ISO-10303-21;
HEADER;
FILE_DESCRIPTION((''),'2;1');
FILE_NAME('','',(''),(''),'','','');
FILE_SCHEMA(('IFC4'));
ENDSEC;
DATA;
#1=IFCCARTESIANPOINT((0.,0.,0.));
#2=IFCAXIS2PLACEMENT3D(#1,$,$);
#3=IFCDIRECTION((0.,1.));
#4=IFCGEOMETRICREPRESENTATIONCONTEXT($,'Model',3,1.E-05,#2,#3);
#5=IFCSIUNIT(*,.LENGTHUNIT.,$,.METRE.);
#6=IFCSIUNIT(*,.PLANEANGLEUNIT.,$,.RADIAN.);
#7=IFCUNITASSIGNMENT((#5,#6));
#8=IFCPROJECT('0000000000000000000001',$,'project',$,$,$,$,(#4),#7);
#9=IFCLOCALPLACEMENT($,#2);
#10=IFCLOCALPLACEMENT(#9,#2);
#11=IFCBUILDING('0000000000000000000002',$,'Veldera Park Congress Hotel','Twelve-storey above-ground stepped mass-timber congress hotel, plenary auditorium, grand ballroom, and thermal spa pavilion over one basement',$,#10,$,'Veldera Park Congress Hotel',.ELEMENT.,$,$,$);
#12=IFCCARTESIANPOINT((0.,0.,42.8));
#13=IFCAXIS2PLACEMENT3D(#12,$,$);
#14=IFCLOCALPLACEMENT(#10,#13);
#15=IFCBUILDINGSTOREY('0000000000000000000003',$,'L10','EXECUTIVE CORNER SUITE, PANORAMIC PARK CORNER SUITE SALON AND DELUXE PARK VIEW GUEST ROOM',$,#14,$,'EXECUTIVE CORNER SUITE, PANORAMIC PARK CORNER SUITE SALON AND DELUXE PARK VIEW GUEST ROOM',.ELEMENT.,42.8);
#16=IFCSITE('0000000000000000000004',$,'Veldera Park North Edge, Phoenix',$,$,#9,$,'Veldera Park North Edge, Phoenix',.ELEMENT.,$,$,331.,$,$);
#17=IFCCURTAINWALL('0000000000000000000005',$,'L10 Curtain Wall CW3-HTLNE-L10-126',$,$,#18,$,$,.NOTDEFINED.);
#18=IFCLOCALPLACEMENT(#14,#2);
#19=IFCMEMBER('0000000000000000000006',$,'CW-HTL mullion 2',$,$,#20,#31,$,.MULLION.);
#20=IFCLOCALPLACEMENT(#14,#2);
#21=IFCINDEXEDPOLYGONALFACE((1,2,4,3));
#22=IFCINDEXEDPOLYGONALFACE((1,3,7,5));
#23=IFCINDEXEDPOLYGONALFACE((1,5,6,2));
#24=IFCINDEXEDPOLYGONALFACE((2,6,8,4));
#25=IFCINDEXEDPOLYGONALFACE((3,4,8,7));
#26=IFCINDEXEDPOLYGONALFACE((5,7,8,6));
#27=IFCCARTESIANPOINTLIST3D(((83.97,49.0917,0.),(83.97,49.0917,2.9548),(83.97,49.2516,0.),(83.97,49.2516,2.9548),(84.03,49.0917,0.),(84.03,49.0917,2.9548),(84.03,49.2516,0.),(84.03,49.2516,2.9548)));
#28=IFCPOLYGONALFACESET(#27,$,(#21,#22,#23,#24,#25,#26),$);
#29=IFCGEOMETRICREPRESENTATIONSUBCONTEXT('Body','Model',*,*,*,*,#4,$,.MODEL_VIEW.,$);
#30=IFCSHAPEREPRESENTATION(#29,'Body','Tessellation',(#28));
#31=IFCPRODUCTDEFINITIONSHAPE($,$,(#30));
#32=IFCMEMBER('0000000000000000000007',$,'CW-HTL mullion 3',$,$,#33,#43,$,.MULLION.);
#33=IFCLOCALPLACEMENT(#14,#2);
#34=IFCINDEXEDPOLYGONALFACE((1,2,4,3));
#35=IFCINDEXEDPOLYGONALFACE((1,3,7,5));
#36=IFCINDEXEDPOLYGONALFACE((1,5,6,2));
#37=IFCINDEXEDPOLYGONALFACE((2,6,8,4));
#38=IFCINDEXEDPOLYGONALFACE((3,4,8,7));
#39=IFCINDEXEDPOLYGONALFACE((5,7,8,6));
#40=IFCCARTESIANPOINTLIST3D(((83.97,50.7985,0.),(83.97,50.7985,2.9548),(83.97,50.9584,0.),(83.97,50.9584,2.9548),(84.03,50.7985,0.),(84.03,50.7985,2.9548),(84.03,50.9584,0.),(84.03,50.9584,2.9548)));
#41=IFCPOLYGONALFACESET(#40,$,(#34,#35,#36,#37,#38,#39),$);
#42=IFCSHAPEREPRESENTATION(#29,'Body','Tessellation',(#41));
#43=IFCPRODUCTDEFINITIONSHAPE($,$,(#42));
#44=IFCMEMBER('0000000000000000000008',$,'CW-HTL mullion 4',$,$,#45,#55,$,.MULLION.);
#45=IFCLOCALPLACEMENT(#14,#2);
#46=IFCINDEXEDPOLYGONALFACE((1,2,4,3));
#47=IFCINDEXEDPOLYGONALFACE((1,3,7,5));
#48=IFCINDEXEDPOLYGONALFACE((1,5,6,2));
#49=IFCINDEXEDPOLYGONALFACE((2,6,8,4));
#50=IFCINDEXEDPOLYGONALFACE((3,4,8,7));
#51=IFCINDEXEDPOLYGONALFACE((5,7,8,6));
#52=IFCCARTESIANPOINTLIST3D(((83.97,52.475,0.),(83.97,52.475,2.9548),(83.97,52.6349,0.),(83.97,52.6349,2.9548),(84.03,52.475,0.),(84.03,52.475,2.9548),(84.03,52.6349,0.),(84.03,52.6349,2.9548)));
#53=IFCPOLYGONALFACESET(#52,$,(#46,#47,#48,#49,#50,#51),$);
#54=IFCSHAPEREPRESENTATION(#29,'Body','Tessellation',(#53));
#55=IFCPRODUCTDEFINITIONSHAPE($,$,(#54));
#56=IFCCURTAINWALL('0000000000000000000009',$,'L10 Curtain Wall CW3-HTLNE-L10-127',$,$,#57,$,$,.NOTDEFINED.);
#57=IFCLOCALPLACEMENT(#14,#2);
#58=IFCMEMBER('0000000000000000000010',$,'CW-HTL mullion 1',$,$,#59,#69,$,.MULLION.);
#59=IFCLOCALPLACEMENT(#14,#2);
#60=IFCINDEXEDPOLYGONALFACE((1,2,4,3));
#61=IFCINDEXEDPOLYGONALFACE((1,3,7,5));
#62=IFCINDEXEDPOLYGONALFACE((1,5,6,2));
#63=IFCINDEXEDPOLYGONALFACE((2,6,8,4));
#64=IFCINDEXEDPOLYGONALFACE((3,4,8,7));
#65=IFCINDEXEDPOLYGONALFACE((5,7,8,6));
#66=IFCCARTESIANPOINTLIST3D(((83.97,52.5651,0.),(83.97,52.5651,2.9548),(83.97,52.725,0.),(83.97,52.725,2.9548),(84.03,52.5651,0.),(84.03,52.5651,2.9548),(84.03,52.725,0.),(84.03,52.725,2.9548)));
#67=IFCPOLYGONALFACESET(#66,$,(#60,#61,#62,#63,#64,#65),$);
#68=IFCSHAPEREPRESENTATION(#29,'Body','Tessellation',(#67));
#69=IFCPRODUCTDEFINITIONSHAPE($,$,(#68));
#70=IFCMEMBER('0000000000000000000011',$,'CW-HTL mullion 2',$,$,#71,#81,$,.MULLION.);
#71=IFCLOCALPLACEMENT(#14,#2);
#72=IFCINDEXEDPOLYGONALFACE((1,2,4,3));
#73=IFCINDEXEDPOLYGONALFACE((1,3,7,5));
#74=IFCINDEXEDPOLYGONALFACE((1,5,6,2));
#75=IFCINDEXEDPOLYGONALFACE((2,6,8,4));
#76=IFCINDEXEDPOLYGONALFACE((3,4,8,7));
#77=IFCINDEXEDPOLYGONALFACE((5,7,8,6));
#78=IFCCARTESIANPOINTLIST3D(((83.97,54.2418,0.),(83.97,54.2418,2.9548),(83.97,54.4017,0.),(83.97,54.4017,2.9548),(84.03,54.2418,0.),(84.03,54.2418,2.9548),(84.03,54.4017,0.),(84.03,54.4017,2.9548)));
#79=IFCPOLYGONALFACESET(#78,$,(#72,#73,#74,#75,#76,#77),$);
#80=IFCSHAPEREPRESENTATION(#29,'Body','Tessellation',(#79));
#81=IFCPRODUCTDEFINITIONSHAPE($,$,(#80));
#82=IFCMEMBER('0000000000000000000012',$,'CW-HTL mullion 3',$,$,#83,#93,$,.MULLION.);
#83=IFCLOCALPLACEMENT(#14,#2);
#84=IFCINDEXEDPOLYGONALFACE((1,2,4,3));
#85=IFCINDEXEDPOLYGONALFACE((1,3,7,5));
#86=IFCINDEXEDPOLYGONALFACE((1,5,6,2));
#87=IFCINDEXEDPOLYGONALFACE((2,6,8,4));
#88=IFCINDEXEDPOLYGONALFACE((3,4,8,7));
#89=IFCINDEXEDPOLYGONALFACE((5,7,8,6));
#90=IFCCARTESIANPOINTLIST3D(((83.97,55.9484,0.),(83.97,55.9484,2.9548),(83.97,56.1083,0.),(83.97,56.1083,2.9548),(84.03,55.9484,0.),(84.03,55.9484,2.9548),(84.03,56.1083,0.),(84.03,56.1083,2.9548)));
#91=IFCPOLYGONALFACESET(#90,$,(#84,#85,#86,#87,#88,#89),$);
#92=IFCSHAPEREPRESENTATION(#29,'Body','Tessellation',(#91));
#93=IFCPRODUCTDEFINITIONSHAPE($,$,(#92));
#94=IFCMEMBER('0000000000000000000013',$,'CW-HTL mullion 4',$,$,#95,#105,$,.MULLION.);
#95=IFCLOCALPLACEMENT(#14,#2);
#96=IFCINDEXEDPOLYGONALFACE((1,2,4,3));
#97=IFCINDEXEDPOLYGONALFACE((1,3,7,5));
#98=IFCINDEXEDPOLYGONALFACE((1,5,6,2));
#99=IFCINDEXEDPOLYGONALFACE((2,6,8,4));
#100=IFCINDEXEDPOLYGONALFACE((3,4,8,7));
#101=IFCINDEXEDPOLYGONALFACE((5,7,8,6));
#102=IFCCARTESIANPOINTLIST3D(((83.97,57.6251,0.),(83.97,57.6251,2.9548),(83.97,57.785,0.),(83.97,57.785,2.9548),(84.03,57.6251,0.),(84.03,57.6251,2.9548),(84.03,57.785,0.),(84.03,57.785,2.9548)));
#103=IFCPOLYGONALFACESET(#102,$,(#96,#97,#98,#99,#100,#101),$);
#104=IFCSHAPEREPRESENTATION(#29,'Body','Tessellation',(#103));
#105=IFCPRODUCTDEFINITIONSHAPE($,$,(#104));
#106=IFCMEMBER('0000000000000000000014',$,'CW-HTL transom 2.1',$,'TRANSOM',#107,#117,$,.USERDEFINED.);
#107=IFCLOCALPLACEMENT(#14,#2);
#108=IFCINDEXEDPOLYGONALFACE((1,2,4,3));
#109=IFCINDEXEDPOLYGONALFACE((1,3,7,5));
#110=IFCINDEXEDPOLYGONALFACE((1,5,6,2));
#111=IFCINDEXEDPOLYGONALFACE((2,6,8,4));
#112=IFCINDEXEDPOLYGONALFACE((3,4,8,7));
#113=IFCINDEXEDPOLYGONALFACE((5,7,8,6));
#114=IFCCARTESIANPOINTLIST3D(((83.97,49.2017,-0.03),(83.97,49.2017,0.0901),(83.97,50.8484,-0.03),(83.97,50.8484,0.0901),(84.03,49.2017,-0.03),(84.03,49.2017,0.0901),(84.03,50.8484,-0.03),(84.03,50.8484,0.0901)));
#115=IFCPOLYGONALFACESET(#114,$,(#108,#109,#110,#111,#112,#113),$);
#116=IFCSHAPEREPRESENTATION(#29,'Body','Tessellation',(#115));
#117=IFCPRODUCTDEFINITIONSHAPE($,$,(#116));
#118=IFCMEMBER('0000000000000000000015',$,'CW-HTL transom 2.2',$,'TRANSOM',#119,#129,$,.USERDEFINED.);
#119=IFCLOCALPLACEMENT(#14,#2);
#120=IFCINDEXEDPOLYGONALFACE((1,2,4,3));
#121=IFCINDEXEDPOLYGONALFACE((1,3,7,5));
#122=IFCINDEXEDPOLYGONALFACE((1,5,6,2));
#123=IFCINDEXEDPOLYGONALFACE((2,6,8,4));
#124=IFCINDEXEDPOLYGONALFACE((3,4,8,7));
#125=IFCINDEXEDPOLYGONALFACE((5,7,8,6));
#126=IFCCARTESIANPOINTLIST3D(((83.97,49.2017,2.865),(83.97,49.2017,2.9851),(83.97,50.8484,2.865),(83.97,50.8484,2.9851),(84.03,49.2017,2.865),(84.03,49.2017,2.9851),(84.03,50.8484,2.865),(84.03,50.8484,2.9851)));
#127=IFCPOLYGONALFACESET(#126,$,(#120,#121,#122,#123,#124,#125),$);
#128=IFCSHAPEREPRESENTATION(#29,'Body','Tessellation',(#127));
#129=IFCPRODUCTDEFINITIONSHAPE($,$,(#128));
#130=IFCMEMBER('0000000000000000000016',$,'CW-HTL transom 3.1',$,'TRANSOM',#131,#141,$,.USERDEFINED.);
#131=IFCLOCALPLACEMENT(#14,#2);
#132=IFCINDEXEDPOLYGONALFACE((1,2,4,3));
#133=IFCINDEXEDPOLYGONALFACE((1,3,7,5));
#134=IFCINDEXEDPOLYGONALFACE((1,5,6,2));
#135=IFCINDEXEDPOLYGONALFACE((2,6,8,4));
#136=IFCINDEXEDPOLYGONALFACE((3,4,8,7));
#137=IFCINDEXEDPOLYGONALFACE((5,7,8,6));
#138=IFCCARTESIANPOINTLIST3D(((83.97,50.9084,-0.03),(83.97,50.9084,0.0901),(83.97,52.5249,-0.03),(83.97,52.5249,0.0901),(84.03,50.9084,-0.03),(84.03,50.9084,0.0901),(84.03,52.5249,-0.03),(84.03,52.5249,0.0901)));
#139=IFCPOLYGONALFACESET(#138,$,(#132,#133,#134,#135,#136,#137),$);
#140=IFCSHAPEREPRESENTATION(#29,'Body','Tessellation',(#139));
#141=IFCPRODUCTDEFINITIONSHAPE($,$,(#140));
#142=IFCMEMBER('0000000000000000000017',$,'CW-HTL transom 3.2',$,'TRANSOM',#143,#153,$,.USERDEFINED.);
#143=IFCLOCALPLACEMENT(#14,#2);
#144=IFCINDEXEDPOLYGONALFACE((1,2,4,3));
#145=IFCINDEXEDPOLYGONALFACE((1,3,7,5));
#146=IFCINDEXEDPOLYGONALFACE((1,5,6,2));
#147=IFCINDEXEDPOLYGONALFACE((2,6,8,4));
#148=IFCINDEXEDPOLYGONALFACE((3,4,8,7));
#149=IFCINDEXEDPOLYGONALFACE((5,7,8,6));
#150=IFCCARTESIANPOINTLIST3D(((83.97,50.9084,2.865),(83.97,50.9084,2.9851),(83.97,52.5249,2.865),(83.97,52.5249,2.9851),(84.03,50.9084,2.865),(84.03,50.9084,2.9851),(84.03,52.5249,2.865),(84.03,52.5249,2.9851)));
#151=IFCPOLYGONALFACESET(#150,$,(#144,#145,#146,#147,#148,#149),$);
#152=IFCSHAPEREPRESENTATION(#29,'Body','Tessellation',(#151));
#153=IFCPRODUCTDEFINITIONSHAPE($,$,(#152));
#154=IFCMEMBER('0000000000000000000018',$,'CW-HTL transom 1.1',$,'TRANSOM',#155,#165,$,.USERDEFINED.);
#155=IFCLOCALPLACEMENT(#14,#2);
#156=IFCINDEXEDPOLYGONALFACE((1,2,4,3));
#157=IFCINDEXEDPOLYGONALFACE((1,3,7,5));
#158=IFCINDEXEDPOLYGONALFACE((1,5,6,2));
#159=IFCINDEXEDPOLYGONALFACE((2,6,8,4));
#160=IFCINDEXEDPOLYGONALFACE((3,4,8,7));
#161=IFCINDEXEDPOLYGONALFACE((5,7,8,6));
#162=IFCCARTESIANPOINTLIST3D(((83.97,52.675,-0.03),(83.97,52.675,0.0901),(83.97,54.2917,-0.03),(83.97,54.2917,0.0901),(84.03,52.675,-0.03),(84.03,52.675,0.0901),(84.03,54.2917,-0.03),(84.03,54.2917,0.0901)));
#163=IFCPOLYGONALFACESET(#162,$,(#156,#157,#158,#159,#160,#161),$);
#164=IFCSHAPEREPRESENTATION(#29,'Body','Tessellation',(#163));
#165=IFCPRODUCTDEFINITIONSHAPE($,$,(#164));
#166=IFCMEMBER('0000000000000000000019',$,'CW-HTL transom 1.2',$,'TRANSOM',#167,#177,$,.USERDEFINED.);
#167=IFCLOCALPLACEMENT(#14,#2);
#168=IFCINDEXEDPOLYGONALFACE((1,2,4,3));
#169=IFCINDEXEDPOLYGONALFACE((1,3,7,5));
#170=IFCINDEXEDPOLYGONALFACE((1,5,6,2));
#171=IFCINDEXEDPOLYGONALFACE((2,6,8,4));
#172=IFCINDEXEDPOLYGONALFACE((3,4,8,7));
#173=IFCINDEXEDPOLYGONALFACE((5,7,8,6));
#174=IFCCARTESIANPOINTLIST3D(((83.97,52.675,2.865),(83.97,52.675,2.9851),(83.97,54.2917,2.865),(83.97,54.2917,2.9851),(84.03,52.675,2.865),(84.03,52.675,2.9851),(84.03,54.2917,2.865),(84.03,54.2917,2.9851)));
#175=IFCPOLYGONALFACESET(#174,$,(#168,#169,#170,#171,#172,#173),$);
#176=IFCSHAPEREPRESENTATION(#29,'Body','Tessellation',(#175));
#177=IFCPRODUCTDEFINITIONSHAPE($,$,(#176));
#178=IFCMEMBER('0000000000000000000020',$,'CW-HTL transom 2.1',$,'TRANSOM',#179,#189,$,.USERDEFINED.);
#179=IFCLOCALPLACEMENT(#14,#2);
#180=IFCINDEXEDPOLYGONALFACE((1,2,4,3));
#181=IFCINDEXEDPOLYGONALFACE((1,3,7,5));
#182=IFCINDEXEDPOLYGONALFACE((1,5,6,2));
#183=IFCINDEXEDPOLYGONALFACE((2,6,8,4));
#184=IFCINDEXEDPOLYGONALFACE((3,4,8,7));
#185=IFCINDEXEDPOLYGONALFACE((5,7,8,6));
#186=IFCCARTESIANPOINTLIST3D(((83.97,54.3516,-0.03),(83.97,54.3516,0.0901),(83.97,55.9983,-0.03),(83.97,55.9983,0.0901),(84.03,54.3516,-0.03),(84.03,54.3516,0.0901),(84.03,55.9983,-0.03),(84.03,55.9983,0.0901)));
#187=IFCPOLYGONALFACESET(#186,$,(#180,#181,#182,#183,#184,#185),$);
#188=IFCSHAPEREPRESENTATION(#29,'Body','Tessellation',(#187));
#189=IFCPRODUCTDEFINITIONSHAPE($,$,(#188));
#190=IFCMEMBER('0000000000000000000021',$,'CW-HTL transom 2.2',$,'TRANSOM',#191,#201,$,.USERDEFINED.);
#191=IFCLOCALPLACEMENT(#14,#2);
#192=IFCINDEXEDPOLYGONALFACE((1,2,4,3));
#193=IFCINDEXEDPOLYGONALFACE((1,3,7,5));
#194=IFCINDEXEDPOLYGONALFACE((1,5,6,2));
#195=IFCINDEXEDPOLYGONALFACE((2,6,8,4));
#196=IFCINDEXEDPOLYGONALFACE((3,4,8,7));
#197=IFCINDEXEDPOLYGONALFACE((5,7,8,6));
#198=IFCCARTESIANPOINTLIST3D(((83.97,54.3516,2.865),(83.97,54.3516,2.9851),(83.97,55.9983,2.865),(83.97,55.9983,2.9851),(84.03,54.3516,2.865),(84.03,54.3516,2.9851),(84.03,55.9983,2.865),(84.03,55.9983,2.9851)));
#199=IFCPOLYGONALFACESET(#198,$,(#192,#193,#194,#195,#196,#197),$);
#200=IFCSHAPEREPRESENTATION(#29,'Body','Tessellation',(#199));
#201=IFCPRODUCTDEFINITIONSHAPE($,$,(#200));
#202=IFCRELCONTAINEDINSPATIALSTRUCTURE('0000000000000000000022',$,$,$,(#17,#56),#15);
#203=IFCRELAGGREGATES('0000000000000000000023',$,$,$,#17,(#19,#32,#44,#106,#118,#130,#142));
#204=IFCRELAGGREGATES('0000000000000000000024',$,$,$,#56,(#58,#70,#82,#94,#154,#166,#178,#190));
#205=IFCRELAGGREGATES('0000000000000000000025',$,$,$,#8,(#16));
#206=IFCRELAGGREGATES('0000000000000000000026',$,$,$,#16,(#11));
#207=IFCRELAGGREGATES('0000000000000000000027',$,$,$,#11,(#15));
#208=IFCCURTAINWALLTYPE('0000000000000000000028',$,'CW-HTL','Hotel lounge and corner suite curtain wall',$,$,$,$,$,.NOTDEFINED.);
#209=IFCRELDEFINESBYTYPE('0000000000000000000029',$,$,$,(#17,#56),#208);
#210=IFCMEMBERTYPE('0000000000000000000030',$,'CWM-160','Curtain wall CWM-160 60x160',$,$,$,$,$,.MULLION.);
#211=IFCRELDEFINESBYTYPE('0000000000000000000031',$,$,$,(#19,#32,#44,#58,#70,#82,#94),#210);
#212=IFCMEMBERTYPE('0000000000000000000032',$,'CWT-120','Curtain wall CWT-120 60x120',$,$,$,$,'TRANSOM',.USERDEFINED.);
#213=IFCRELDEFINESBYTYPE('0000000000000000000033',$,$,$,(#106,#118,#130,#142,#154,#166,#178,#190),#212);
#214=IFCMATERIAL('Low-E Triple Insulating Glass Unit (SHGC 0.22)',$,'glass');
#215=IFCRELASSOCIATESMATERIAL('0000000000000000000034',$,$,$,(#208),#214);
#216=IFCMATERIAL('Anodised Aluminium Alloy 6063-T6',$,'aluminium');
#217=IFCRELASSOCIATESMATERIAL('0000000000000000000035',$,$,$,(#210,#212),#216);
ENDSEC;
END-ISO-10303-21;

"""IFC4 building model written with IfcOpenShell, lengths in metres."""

from ifc_helpers import new_model, si_unit, direction, frame, origin, origin_2d, place, context, subcontext, project, spatial, rectangle, extrude, material, material_profile, profile_set, type_object, element, aggregate, save


model = new_model("IFC4")

# Units and contexts
model_context = context("Model", 3, precision=1e-05, world=origin(), true_north=direction((0.0, 1.0)))
body_context = subcontext(model_context, "Body", "Model", "MODEL_VIEW")
ifc_project = project(units=[si_unit("LENGTHUNIT", "METRE"), si_unit("PLANEANGLEUNIT", "RADIAN")], contexts=[model_context])

# Site, building, storey
site_placement = place(None, origin())
site = spatial("IfcSite", under=ifc_project, at=site_placement, Name="Veldera Park North Edge, Phoenix", LongName="Veldera Park North Edge, Phoenix", CompositionType="ELEMENT", RefElevation=331.0)
building_placement = place(site_placement, origin())
building = spatial("IfcBuilding", under=site, at=building_placement, Name="Veldera Park Congress Hotel", Description="Twelve-storey above-ground stepped mass-timber congress hotel, plenary auditorium, grand ballroom, and thermal spa pavilion over one basement", LongName="Veldera Park Congress Hotel", CompositionType="ELEMENT")
storey_placement = place(building_placement, frame((0.0, 0.0, 42.8)))
storey = spatial("IfcBuildingStorey", under=building, at=storey_placement, Name="L10", Description="EXECUTIVE CORNER SUITE, PANORAMIC PARK CORNER SUITE SALON AND DELUXE PARK VIEW GUEST ROOM", LongName="EXECUTIVE CORNER SUITE, PANORAMIC PARK CORNER SUITE SALON AND DELUXE PARK VIEW GUEST ROOM", CompositionType="ELEMENT", Elevation=42.8)

# Curtain walls, members
ifc_material_1 = material(Name="Low-E Triple Insulating Glass Unit (SHGC 0.22)", Category="glass")
curtain_wall_type = type_object("IfcCurtainWallType", Name="CW-HTL", Description="Hotel lounge and corner suite curtain wall", PredefinedType="NOTDEFINED", material=ifc_material_1)
curtain_wall_1_placement = place(storey_placement, origin())
curtain_wall_1 = element("IfcCurtainWall", 1, at=curtain_wall_1_placement, inside=storey, type_object=curtain_wall_type, Name="L10 Curtain Wall CW3-HTLNE-L10-126", PredefinedType="NOTDEFINED")
ifc_material_2 = material(Name="Anodised Aluminium Alloy 6063-T6", Category="aluminium")
ifc_material_profile_1 = material_profile(ifc_material_2, rectangle(XDim=0.0601, YDim=0.1599, at=origin_2d()), Name="ALU 60x160")
ifc_profile_set_1 = profile_set([ifc_material_profile_1], Name="Anodised Aluminium Alloy 6063-T6")
member_type_1 = type_object("IfcMemberType", Name="CWM-160", Description="Curtain wall CWM-160 60x160", PredefinedType="MULLION", material=ifc_profile_set_1)
member_1_placement = place(storey_placement, frame((84.0, 49.1716, 0.0), z_axis=(0.0, 0.0, 1.0), x_axis=(-1.0, 0.0, 0.0)))
member_1 = element("IfcMember", 2, at=member_1_placement, type_object=member_type_1, Name="CW-HTL mullion 2", PredefinedType="MULLION", context=body_context, shape_type="SweptSolid", body=[
    extrude(rectangle(XDim=0.0601, YDim=0.1599, at=origin_2d()), origin(), (0.0, 0.0, 1.0), 2.9548),
])
member_2_placement = place(storey_placement, frame((84.0, 50.8784, 0.0), z_axis=(0.0, 0.0, 1.0), x_axis=(-1.0, 0.0, 0.0)))
member_2 = element("IfcMember", 3, at=member_2_placement, type_object=member_type_1, Name="CW-HTL mullion 3", PredefinedType="MULLION", context=body_context, shape_type="SweptSolid", body=[
    extrude(rectangle(XDim=0.0601, YDim=0.1599, at=origin_2d()), origin(), (0.0, 0.0, 1.0), 2.9548),
])
member_3_placement = place(storey_placement, frame((84.0, 52.5549, 0.0), z_axis=(0.0, 0.0, 1.0), x_axis=(-1.0, 0.0, 0.0)))
member_3 = element("IfcMember", 4, at=member_3_placement, type_object=member_type_1, Name="CW-HTL mullion 4", PredefinedType="MULLION", context=body_context, shape_type="SweptSolid", body=[
    extrude(rectangle(XDim=0.0601, YDim=0.1599, at=origin_2d()), origin(), (0.0, 0.0, 1.0), 2.9548),
])
curtain_wall_2_placement = place(storey_placement, origin())
curtain_wall_2 = element("IfcCurtainWall", 5, at=curtain_wall_2_placement, inside=storey, type_object=curtain_wall_type, Name="L10 Curtain Wall CW3-HTLNE-L10-127", PredefinedType="NOTDEFINED")
member_4_placement = place(storey_placement, frame((84.0, 52.645, 0.0), z_axis=(0.0, 0.0, 1.0), x_axis=(-1.0, 0.0, 0.0)))
member_4 = element("IfcMember", 6, at=member_4_placement, type_object=member_type_1, Name="CW-HTL mullion 1", PredefinedType="MULLION", context=body_context, shape_type="SweptSolid", body=[
    extrude(rectangle(XDim=0.0601, YDim=0.1599, at=origin_2d()), origin(), (0.0, 0.0, 1.0), 2.9548),
])
member_5_placement = place(storey_placement, frame((84.0, 54.3218, 0.0), z_axis=(0.0, 0.0, 1.0), x_axis=(-1.0, 0.0, 0.0)))
member_5 = element("IfcMember", 7, at=member_5_placement, type_object=member_type_1, Name="CW-HTL mullion 2", PredefinedType="MULLION", context=body_context, shape_type="SweptSolid", body=[
    extrude(rectangle(XDim=0.0601, YDim=0.1599, at=origin_2d()), origin(), (0.0, 0.0, 1.0), 2.9548),
])
member_6_placement = place(storey_placement, frame((84.0, 56.0283, 0.0), z_axis=(0.0, 0.0, 1.0), x_axis=(-1.0, 0.0, 0.0)))
member_6 = element("IfcMember", 8, at=member_6_placement, type_object=member_type_1, Name="CW-HTL mullion 3", PredefinedType="MULLION", context=body_context, shape_type="SweptSolid", body=[
    extrude(rectangle(XDim=0.0601, YDim=0.1599, at=origin_2d()), origin(), (0.0, 0.0, 1.0), 2.9548),
])
member_7_placement = place(storey_placement, frame((84.0, 57.7051, 0.0), z_axis=(0.0, 0.0, 1.0), x_axis=(-1.0, 0.0, 0.0)))
member_7 = element("IfcMember", 9, at=member_7_placement, type_object=member_type_1, Name="CW-HTL mullion 4", PredefinedType="MULLION", context=body_context, shape_type="SweptSolid", body=[
    extrude(rectangle(XDim=0.0601, YDim=0.1599, at=origin_2d()), origin(), (0.0, 0.0, 1.0), 2.9548),
])

# Members
ifc_material_profile_2 = material_profile(ifc_material_2, rectangle(XDim=0.0601, YDim=0.1201, at=origin_2d()), Name="ALU 60x120")
ifc_profile_set_2 = profile_set([ifc_material_profile_2], Name="Anodised Aluminium Alloy 6063-T6")
member_type_2 = type_object("IfcMemberType", Name="CWT-120", Description="Curtain wall CWT-120 60x120", ElementType="TRANSOM", PredefinedType="USERDEFINED", material=ifc_profile_set_2)
member_8_placement = place(storey_placement, frame((84.0, 49.2017, 0.03), z_axis=(0.0, 1.0, 0.0), x_axis=(-1.0, 0.0, 0.0)))
member_8 = element("IfcMember", 10, at=member_8_placement, type_object=member_type_2, Name="CW-HTL transom 2.1", ObjectType="TRANSOM", PredefinedType="USERDEFINED", context=body_context, shape_type="SweptSolid", body=[
    extrude(rectangle(XDim=0.0601, YDim=0.1201, at=origin_2d()), origin(), (0.0, 0.0, 1.0), 1.6467),
])
member_9_placement = place(storey_placement, frame((84.0, 49.2017, 2.925), z_axis=(0.0, 1.0, 0.0), x_axis=(-1.0, 0.0, 0.0)))
member_9 = element("IfcMember", 11, at=member_9_placement, type_object=member_type_2, Name="CW-HTL transom 2.2", ObjectType="TRANSOM", PredefinedType="USERDEFINED", context=body_context, shape_type="SweptSolid", body=[
    extrude(rectangle(XDim=0.0601, YDim=0.1201, at=origin_2d()), origin(), (0.0, 0.0, 1.0), 1.6467),
])
member_10_placement = place(storey_placement, frame((84.0, 50.9084, 0.03), z_axis=(0.0, 1.0, 0.0), x_axis=(-1.0, 0.0, 0.0)))
member_10 = element("IfcMember", 12, at=member_10_placement, type_object=member_type_2, Name="CW-HTL transom 3.1", ObjectType="TRANSOM", PredefinedType="USERDEFINED", context=body_context, shape_type="SweptSolid", body=[
    extrude(rectangle(XDim=0.0601, YDim=0.1201, at=origin_2d()), origin(), (0.0, 0.0, 1.0), 1.6165),
])
member_11_placement = place(storey_placement, frame((84.0, 50.9084, 2.925), z_axis=(0.0, 1.0, 0.0), x_axis=(-1.0, 0.0, 0.0)))
member_11 = element("IfcMember", 13, at=member_11_placement, type_object=member_type_2, Name="CW-HTL transom 3.2", ObjectType="TRANSOM", PredefinedType="USERDEFINED", context=body_context, shape_type="SweptSolid", body=[
    extrude(rectangle(XDim=0.0601, YDim=0.1201, at=origin_2d()), origin(), (0.0, 0.0, 1.0), 1.6165),
])
member_12_placement = place(storey_placement, frame((84.0, 52.675, 0.03), z_axis=(0.0, 1.0, 0.0), x_axis=(-1.0, 0.0, 0.0)))
member_12 = element("IfcMember", 14, at=member_12_placement, type_object=member_type_2, Name="CW-HTL transom 1.1", ObjectType="TRANSOM", PredefinedType="USERDEFINED", context=body_context, shape_type="SweptSolid", body=[
    extrude(rectangle(XDim=0.0601, YDim=0.1201, at=origin_2d()), origin(), (0.0, 0.0, 1.0), 1.6167),
])
member_13_placement = place(storey_placement, frame((84.0, 52.675, 2.925), z_axis=(0.0, 1.0, 0.0), x_axis=(-1.0, 0.0, 0.0)))
member_13 = element("IfcMember", 15, at=member_13_placement, type_object=member_type_2, Name="CW-HTL transom 1.2", ObjectType="TRANSOM", PredefinedType="USERDEFINED", context=body_context, shape_type="SweptSolid", body=[
    extrude(rectangle(XDim=0.0601, YDim=0.1201, at=origin_2d()), origin(), (0.0, 0.0, 1.0), 1.6167),
])
member_14_placement = place(storey_placement, frame((84.0, 54.3516, 0.03), z_axis=(0.0, 1.0, 0.0), x_axis=(-1.0, 0.0, 0.0)))
member_14 = element("IfcMember", 16, at=member_14_placement, type_object=member_type_2, Name="CW-HTL transom 2.1", ObjectType="TRANSOM", PredefinedType="USERDEFINED", context=body_context, shape_type="SweptSolid", body=[
    extrude(rectangle(XDim=0.0601, YDim=0.1201, at=origin_2d()), origin(), (0.0, 0.0, 1.0), 1.6467),
])
member_15_placement = place(storey_placement, frame((84.0, 54.3516, 2.925), z_axis=(0.0, 1.0, 0.0), x_axis=(-1.0, 0.0, 0.0)))
member_15 = element("IfcMember", 17, at=member_15_placement, type_object=member_type_2, Name="CW-HTL transom 2.2", ObjectType="TRANSOM", PredefinedType="USERDEFINED", context=body_context, shape_type="SweptSolid", body=[
    extrude(rectangle(XDim=0.0601, YDim=0.1201, at=origin_2d()), origin(), (0.0, 0.0, 1.0), 1.6467),
])

aggregate(curtain_wall_1, [member_1, member_2, member_3, member_8, member_9, member_10, member_11])
aggregate(curtain_wall_2, [member_4, member_5, member_6, member_7, member_12, member_13, member_14, member_15])

save(model, "model.ifc")
